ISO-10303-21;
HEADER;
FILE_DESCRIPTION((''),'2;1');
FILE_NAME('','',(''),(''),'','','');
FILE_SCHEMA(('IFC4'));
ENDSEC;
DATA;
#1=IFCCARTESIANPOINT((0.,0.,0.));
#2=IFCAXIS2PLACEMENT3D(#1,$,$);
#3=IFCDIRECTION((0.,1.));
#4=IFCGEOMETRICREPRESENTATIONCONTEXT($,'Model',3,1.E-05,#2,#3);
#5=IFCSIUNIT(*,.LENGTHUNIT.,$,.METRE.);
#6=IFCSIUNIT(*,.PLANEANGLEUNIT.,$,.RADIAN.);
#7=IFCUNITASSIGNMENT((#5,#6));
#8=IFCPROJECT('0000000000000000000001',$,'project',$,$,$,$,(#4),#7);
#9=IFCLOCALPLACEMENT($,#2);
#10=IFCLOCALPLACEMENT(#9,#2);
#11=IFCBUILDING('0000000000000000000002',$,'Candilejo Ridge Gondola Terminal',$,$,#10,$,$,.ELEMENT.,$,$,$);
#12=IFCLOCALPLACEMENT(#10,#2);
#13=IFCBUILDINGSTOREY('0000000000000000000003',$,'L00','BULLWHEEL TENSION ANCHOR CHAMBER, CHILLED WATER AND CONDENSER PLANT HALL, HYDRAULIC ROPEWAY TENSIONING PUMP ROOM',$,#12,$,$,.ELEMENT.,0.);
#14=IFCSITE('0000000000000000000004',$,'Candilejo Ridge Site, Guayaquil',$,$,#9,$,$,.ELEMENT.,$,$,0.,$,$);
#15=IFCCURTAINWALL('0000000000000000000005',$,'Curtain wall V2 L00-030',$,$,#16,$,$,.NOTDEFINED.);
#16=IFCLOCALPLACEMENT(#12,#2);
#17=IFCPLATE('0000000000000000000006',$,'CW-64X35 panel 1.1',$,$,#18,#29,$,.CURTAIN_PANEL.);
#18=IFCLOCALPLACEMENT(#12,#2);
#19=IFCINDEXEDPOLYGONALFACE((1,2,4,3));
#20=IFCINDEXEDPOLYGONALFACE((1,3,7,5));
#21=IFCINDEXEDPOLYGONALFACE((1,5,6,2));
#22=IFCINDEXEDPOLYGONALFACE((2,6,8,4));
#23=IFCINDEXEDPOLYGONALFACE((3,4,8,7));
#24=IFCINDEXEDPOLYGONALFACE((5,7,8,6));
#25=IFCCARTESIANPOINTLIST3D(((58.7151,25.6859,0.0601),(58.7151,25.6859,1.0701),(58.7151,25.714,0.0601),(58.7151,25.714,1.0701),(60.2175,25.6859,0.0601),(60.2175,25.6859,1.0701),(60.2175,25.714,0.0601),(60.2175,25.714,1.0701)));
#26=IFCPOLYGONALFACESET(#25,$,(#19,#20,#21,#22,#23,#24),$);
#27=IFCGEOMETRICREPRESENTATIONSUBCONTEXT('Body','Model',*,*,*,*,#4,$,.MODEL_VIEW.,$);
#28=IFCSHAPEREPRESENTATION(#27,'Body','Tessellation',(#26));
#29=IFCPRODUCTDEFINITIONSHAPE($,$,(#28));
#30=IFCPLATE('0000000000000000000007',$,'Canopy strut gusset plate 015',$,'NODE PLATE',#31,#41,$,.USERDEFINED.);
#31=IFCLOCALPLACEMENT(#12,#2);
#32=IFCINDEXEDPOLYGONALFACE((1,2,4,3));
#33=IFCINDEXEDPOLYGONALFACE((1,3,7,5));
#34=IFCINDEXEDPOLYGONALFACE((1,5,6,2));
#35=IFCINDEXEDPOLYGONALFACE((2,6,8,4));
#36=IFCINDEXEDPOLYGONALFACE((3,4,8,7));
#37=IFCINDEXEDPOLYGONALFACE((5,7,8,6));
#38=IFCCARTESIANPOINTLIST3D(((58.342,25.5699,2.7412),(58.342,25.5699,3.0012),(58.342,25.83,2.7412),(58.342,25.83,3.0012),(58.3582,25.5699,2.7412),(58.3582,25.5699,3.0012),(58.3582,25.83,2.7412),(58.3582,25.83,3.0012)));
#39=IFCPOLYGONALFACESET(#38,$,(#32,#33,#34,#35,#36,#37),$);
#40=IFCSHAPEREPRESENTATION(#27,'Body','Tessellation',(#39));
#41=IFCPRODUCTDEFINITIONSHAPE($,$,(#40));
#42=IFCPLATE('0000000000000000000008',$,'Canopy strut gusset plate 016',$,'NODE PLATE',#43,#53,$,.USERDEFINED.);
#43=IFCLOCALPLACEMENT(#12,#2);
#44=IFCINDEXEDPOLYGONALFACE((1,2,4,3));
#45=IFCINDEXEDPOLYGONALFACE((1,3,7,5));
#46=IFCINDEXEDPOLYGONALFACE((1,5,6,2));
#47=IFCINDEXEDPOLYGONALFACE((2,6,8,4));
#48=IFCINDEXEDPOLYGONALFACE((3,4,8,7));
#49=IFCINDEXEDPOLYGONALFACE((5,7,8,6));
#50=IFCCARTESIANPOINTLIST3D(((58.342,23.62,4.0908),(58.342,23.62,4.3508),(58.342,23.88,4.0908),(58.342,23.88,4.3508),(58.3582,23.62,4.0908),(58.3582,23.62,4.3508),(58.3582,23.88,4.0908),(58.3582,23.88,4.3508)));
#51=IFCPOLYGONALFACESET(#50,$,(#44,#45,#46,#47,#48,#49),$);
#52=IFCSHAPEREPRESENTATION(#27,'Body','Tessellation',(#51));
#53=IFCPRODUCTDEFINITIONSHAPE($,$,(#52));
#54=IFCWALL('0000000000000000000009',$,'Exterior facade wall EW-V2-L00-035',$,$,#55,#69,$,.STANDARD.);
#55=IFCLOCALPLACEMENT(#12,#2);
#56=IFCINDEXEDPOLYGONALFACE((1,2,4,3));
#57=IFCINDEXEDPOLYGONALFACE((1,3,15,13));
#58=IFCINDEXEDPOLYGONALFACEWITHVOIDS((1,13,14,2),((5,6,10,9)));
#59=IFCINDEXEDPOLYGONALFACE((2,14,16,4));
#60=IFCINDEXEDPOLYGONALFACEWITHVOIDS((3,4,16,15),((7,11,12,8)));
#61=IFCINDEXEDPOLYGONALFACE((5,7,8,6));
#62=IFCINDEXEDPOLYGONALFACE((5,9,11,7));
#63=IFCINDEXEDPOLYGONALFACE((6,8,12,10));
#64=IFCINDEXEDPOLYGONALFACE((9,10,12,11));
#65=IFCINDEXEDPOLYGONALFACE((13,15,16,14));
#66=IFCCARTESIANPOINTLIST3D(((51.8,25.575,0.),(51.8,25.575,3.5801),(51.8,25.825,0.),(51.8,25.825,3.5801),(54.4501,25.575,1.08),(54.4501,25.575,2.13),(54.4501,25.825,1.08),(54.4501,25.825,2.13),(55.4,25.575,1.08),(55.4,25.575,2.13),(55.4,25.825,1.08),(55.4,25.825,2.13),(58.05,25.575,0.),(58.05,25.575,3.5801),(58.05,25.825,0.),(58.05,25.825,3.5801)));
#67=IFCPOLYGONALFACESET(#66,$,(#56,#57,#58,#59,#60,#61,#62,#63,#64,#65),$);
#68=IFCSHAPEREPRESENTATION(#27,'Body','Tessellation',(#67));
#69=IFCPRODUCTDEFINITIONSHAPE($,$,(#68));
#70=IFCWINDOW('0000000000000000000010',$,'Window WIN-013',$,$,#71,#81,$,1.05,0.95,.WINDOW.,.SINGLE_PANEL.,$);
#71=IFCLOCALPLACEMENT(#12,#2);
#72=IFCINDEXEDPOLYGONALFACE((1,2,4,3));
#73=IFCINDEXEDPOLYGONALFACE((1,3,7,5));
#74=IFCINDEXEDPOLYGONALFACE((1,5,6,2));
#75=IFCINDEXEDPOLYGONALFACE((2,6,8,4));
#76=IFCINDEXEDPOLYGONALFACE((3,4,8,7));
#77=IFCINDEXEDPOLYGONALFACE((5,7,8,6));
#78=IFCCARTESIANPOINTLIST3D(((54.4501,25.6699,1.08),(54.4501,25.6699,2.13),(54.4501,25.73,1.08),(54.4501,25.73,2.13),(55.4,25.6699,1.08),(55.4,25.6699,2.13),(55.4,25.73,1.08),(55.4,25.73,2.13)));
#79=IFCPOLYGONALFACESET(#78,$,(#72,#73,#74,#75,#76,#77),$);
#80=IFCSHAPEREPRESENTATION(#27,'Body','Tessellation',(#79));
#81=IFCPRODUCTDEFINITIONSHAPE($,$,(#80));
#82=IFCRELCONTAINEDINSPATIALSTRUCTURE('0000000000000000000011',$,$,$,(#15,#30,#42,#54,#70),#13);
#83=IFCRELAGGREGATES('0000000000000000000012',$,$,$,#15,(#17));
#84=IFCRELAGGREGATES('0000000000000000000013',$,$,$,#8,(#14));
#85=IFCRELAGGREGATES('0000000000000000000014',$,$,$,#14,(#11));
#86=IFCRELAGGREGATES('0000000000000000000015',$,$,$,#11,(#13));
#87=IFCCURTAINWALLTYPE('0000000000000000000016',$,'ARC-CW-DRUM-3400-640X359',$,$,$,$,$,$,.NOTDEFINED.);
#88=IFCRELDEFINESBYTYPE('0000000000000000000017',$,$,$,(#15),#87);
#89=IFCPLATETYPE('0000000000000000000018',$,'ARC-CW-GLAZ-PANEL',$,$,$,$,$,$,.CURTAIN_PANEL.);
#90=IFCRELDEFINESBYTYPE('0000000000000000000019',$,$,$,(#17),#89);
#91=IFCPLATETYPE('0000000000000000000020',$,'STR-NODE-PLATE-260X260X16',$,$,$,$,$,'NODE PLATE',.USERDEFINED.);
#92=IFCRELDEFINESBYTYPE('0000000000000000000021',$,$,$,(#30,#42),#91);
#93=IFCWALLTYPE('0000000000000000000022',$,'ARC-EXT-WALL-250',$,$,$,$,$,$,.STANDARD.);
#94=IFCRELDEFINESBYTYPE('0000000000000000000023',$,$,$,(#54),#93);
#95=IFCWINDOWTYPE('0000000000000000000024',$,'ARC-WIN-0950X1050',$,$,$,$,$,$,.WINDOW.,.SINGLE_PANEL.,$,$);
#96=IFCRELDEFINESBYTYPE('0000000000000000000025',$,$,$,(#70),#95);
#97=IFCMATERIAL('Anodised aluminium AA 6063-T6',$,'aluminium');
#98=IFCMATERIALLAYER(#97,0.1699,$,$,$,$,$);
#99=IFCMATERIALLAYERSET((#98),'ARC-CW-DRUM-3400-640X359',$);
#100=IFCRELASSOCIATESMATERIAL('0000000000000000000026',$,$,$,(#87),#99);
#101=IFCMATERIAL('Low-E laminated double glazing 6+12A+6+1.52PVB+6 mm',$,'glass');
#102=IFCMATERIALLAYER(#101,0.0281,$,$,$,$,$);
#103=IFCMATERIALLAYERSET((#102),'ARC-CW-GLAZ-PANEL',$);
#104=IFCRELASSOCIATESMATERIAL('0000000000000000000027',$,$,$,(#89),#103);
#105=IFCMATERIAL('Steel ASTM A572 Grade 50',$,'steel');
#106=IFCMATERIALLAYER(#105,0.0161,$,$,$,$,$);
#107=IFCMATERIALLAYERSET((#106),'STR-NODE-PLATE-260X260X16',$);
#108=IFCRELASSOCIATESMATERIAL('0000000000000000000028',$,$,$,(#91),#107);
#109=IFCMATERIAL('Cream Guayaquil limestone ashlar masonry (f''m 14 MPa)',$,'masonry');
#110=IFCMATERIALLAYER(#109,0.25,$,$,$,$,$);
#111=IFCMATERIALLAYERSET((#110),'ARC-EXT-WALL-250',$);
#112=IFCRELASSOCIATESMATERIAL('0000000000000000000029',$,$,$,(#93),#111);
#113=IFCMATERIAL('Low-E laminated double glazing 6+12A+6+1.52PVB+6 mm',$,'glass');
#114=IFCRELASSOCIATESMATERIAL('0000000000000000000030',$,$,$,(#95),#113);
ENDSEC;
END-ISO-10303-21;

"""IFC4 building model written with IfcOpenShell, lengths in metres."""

from ifc_helpers import new_model, si_unit, direction, frame, frame_2d, origin, origin_2d, place, context, subcontext, project, spatial, rectangle, extrude, material, layer, layer_set, type_object, element, fill, aggregate, save


model = new_model("IFC4")

# Units and contexts
model_context = context("Model", 3, precision=1e-05, world=origin(), true_north=direction((0.0, 1.0)))
body_context = subcontext(model_context, "Body", "Model", "MODEL_VIEW")
ifc_project = project(units=[si_unit("LENGTHUNIT", "METRE"), si_unit("PLANEANGLEUNIT", "RADIAN")], contexts=[model_context])

# Site, building, storey
site_placement = place(None, origin())
site = spatial("IfcSite", under=ifc_project, at=site_placement, Name="Candilejo Ridge Site, Guayaquil", CompositionType="ELEMENT", RefElevation=0.0)
building_placement = place(site_placement, origin())
building = spatial("IfcBuilding", under=site, at=building_placement, Name="Candilejo Ridge Gondola Terminal", CompositionType="ELEMENT")
storey_placement = place(building_placement, origin())
storey = spatial("IfcBuildingStorey", under=building, at=storey_placement, Name="L00", Description="BULLWHEEL TENSION ANCHOR CHAMBER, CHILLED WATER AND CONDENSER PLANT HALL, HYDRAULIC ROPEWAY TENSIONING PUMP ROOM", CompositionType="ELEMENT", Elevation=0.0)

# Curtain wall
ifc_material_1 = material(Name="Anodised aluminium AA 6063-T6", Category="aluminium")
ifc_layer_1 = layer(ifc_material_1, 0.1699)
ifc_layer_set_1 = layer_set([ifc_layer_1], Name="ARC-CW-DRUM-3400-640X359")
curtain_wall_type = type_object("IfcCurtainWallType", Name="ARC-CW-DRUM-3400-640X359", PredefinedType="NOTDEFINED", material=ifc_layer_set_1)
curtain_wall_placement = place(storey_placement, origin())
curtain_wall = element("IfcCurtainWall", 1, at=curtain_wall_placement, inside=storey, type_object=curtain_wall_type, Name="Curtain wall V2 L00-030", PredefinedType="NOTDEFINED")

# Plate
ifc_material_2 = material(Name="Low-E laminated double glazing 6+12A+6+1.52PVB+6 mm", Category="glass")
ifc_layer_2 = layer(ifc_material_2, 0.0281)
ifc_layer_set_2 = layer_set([ifc_layer_2], Name="ARC-CW-GLAZ-PANEL")
plate_type_1 = type_object("IfcPlateType", Name="ARC-CW-GLAZ-PANEL", PredefinedType="CURTAIN_PANEL", material=ifc_layer_set_2)
plate_placement = place(storey_placement, frame((59.4663, 25.7, 0.0601), z_axis=(0.0, 0.0, 1.0), x_axis=(1.0, 0.0, 0.0)))
plate = element("IfcPlate", 2, at=plate_placement, type_object=plate_type_1, Name="CW-64X35 panel 1.1", PredefinedType="CURTAIN_PANEL", context=body_context, shape_type="SweptSolid", body=[
    extrude(rectangle(XDim=1.5024, YDim=0.0281, at=origin_2d()), origin(), (0.0, 0.0, 1.0), 1.01),
])
aggregate(curtain_wall, [plate])

# Plates
ifc_material_3 = material(Name="Steel ASTM A572 Grade 50", Category="steel")
ifc_layer_3 = layer(ifc_material_3, 0.0161)
ifc_layer_set_3 = layer_set([ifc_layer_3], Name="STR-NODE-PLATE-260X260X16")
plate_type_2 = type_object("IfcPlateType", Name="STR-NODE-PLATE-260X260X16", ElementType="NODE PLATE", PredefinedType="USERDEFINED", material=ifc_layer_set_3)
for number, where, z_axis, x_axis, name in (
    (3, (58.3501, 25.7, 2.7412), (0.0, 0.0, 1.0), (1.0, 0.0, 0.0), "Canopy strut gusset plate 015"),
    (4, (58.3501, 23.75, 4.0908), (0.0, 0.0, 1.0), (1.0, 0.0, 0.0), "Canopy strut gusset plate 016"),
):
    element("IfcPlate", number, at=place(storey_placement, frame(where, z_axis=z_axis, x_axis=x_axis)), inside=storey, type_object=plate_type_2, Name=name, ObjectType="NODE PLATE", PredefinedType="USERDEFINED", context=body_context, shape_type="SweptSolid", body=[
        extrude(rectangle(XDim=0.0161, YDim=0.26, at=origin_2d()), origin(), (0.0, 0.0, 1.0), 0.26),
    ])

# Wall, opening, window
ifc_material_4 = material(Name="Cream Guayaquil limestone ashlar masonry (f'm 14 MPa)", Category="masonry")
ifc_layer_4 = layer(ifc_material_4, 0.25)
ifc_layer_set_4 = layer_set([ifc_layer_4], Name="ARC-EXT-WALL-250")
wall_type = type_object("IfcWallType", Name="ARC-EXT-WALL-250", PredefinedType="STANDARD", material=ifc_layer_set_4)
wall_placement = place(storey_placement, frame((58.05, 25.7, 0.0), z_axis=(0.0, 0.0, 1.0), x_axis=(-1.0, 0.0, 0.0)))
wall = element("IfcWall", 5, at=wall_placement, inside=storey, type_object=wall_type, Name="Exterior facade wall EW-V2-L00-035", PredefinedType="STANDARD", context=body_context, shape_type="SweptSolid", body=[
    extrude(rectangle(XDim=6.25, YDim=0.25, at=frame_2d((3.125, 0.0))), origin(), (0.0, 0.0, 1.0), 3.5801),
])
opening_placement = place(wall_placement, frame((2.6499, 0.0, 1.0801)))
opening = element("IfcOpeningElement", 6, at=opening_placement, cuts=wall, PredefinedType="OPENING", context=body_context, shape_type="SweptSolid", body=[
    extrude(rectangle(XDim=0.95, YDim=1.05, at=frame_2d((0.4751, 0.5249))), frame((0.0, 0.135, 0.0), z_axis=(0.0, -1.0, 0.0), x_axis=(1.0, 0.0, 0.0)), (0.0, 0.0, 1.0), 0.27),
])
ifc_material_5 = material(Name="Low-E laminated double glazing 6+12A+6+1.52PVB+6 mm", Category="glass")
window_type = type_object("IfcWindowType", Name="ARC-WIN-0950X1050", PartitioningType="SINGLE_PANEL", PredefinedType="WINDOW", material=ifc_material_5)
window_placement = place(opening_placement, origin())
window = element("IfcWindow", 7, at=window_placement, inside=storey, type_object=window_type, Name="Window WIN-013", OverallHeight=1.05, OverallWidth=0.95, PartitioningType="SINGLE_PANEL", PredefinedType="WINDOW", context=body_context, shape_type="SweptSolid", body=[
    extrude(rectangle(XDim=0.95, YDim=1.05, at=frame_2d((0.4751, 0.5249))), frame((0.0, 0.03, 0.0), z_axis=(0.0, -1.0, 0.0), x_axis=(1.0, 0.0, 0.0)), (0.0, 0.0, 1.0), 0.0601),
])
fill(opening, window)

save(model, "model.ifc")
